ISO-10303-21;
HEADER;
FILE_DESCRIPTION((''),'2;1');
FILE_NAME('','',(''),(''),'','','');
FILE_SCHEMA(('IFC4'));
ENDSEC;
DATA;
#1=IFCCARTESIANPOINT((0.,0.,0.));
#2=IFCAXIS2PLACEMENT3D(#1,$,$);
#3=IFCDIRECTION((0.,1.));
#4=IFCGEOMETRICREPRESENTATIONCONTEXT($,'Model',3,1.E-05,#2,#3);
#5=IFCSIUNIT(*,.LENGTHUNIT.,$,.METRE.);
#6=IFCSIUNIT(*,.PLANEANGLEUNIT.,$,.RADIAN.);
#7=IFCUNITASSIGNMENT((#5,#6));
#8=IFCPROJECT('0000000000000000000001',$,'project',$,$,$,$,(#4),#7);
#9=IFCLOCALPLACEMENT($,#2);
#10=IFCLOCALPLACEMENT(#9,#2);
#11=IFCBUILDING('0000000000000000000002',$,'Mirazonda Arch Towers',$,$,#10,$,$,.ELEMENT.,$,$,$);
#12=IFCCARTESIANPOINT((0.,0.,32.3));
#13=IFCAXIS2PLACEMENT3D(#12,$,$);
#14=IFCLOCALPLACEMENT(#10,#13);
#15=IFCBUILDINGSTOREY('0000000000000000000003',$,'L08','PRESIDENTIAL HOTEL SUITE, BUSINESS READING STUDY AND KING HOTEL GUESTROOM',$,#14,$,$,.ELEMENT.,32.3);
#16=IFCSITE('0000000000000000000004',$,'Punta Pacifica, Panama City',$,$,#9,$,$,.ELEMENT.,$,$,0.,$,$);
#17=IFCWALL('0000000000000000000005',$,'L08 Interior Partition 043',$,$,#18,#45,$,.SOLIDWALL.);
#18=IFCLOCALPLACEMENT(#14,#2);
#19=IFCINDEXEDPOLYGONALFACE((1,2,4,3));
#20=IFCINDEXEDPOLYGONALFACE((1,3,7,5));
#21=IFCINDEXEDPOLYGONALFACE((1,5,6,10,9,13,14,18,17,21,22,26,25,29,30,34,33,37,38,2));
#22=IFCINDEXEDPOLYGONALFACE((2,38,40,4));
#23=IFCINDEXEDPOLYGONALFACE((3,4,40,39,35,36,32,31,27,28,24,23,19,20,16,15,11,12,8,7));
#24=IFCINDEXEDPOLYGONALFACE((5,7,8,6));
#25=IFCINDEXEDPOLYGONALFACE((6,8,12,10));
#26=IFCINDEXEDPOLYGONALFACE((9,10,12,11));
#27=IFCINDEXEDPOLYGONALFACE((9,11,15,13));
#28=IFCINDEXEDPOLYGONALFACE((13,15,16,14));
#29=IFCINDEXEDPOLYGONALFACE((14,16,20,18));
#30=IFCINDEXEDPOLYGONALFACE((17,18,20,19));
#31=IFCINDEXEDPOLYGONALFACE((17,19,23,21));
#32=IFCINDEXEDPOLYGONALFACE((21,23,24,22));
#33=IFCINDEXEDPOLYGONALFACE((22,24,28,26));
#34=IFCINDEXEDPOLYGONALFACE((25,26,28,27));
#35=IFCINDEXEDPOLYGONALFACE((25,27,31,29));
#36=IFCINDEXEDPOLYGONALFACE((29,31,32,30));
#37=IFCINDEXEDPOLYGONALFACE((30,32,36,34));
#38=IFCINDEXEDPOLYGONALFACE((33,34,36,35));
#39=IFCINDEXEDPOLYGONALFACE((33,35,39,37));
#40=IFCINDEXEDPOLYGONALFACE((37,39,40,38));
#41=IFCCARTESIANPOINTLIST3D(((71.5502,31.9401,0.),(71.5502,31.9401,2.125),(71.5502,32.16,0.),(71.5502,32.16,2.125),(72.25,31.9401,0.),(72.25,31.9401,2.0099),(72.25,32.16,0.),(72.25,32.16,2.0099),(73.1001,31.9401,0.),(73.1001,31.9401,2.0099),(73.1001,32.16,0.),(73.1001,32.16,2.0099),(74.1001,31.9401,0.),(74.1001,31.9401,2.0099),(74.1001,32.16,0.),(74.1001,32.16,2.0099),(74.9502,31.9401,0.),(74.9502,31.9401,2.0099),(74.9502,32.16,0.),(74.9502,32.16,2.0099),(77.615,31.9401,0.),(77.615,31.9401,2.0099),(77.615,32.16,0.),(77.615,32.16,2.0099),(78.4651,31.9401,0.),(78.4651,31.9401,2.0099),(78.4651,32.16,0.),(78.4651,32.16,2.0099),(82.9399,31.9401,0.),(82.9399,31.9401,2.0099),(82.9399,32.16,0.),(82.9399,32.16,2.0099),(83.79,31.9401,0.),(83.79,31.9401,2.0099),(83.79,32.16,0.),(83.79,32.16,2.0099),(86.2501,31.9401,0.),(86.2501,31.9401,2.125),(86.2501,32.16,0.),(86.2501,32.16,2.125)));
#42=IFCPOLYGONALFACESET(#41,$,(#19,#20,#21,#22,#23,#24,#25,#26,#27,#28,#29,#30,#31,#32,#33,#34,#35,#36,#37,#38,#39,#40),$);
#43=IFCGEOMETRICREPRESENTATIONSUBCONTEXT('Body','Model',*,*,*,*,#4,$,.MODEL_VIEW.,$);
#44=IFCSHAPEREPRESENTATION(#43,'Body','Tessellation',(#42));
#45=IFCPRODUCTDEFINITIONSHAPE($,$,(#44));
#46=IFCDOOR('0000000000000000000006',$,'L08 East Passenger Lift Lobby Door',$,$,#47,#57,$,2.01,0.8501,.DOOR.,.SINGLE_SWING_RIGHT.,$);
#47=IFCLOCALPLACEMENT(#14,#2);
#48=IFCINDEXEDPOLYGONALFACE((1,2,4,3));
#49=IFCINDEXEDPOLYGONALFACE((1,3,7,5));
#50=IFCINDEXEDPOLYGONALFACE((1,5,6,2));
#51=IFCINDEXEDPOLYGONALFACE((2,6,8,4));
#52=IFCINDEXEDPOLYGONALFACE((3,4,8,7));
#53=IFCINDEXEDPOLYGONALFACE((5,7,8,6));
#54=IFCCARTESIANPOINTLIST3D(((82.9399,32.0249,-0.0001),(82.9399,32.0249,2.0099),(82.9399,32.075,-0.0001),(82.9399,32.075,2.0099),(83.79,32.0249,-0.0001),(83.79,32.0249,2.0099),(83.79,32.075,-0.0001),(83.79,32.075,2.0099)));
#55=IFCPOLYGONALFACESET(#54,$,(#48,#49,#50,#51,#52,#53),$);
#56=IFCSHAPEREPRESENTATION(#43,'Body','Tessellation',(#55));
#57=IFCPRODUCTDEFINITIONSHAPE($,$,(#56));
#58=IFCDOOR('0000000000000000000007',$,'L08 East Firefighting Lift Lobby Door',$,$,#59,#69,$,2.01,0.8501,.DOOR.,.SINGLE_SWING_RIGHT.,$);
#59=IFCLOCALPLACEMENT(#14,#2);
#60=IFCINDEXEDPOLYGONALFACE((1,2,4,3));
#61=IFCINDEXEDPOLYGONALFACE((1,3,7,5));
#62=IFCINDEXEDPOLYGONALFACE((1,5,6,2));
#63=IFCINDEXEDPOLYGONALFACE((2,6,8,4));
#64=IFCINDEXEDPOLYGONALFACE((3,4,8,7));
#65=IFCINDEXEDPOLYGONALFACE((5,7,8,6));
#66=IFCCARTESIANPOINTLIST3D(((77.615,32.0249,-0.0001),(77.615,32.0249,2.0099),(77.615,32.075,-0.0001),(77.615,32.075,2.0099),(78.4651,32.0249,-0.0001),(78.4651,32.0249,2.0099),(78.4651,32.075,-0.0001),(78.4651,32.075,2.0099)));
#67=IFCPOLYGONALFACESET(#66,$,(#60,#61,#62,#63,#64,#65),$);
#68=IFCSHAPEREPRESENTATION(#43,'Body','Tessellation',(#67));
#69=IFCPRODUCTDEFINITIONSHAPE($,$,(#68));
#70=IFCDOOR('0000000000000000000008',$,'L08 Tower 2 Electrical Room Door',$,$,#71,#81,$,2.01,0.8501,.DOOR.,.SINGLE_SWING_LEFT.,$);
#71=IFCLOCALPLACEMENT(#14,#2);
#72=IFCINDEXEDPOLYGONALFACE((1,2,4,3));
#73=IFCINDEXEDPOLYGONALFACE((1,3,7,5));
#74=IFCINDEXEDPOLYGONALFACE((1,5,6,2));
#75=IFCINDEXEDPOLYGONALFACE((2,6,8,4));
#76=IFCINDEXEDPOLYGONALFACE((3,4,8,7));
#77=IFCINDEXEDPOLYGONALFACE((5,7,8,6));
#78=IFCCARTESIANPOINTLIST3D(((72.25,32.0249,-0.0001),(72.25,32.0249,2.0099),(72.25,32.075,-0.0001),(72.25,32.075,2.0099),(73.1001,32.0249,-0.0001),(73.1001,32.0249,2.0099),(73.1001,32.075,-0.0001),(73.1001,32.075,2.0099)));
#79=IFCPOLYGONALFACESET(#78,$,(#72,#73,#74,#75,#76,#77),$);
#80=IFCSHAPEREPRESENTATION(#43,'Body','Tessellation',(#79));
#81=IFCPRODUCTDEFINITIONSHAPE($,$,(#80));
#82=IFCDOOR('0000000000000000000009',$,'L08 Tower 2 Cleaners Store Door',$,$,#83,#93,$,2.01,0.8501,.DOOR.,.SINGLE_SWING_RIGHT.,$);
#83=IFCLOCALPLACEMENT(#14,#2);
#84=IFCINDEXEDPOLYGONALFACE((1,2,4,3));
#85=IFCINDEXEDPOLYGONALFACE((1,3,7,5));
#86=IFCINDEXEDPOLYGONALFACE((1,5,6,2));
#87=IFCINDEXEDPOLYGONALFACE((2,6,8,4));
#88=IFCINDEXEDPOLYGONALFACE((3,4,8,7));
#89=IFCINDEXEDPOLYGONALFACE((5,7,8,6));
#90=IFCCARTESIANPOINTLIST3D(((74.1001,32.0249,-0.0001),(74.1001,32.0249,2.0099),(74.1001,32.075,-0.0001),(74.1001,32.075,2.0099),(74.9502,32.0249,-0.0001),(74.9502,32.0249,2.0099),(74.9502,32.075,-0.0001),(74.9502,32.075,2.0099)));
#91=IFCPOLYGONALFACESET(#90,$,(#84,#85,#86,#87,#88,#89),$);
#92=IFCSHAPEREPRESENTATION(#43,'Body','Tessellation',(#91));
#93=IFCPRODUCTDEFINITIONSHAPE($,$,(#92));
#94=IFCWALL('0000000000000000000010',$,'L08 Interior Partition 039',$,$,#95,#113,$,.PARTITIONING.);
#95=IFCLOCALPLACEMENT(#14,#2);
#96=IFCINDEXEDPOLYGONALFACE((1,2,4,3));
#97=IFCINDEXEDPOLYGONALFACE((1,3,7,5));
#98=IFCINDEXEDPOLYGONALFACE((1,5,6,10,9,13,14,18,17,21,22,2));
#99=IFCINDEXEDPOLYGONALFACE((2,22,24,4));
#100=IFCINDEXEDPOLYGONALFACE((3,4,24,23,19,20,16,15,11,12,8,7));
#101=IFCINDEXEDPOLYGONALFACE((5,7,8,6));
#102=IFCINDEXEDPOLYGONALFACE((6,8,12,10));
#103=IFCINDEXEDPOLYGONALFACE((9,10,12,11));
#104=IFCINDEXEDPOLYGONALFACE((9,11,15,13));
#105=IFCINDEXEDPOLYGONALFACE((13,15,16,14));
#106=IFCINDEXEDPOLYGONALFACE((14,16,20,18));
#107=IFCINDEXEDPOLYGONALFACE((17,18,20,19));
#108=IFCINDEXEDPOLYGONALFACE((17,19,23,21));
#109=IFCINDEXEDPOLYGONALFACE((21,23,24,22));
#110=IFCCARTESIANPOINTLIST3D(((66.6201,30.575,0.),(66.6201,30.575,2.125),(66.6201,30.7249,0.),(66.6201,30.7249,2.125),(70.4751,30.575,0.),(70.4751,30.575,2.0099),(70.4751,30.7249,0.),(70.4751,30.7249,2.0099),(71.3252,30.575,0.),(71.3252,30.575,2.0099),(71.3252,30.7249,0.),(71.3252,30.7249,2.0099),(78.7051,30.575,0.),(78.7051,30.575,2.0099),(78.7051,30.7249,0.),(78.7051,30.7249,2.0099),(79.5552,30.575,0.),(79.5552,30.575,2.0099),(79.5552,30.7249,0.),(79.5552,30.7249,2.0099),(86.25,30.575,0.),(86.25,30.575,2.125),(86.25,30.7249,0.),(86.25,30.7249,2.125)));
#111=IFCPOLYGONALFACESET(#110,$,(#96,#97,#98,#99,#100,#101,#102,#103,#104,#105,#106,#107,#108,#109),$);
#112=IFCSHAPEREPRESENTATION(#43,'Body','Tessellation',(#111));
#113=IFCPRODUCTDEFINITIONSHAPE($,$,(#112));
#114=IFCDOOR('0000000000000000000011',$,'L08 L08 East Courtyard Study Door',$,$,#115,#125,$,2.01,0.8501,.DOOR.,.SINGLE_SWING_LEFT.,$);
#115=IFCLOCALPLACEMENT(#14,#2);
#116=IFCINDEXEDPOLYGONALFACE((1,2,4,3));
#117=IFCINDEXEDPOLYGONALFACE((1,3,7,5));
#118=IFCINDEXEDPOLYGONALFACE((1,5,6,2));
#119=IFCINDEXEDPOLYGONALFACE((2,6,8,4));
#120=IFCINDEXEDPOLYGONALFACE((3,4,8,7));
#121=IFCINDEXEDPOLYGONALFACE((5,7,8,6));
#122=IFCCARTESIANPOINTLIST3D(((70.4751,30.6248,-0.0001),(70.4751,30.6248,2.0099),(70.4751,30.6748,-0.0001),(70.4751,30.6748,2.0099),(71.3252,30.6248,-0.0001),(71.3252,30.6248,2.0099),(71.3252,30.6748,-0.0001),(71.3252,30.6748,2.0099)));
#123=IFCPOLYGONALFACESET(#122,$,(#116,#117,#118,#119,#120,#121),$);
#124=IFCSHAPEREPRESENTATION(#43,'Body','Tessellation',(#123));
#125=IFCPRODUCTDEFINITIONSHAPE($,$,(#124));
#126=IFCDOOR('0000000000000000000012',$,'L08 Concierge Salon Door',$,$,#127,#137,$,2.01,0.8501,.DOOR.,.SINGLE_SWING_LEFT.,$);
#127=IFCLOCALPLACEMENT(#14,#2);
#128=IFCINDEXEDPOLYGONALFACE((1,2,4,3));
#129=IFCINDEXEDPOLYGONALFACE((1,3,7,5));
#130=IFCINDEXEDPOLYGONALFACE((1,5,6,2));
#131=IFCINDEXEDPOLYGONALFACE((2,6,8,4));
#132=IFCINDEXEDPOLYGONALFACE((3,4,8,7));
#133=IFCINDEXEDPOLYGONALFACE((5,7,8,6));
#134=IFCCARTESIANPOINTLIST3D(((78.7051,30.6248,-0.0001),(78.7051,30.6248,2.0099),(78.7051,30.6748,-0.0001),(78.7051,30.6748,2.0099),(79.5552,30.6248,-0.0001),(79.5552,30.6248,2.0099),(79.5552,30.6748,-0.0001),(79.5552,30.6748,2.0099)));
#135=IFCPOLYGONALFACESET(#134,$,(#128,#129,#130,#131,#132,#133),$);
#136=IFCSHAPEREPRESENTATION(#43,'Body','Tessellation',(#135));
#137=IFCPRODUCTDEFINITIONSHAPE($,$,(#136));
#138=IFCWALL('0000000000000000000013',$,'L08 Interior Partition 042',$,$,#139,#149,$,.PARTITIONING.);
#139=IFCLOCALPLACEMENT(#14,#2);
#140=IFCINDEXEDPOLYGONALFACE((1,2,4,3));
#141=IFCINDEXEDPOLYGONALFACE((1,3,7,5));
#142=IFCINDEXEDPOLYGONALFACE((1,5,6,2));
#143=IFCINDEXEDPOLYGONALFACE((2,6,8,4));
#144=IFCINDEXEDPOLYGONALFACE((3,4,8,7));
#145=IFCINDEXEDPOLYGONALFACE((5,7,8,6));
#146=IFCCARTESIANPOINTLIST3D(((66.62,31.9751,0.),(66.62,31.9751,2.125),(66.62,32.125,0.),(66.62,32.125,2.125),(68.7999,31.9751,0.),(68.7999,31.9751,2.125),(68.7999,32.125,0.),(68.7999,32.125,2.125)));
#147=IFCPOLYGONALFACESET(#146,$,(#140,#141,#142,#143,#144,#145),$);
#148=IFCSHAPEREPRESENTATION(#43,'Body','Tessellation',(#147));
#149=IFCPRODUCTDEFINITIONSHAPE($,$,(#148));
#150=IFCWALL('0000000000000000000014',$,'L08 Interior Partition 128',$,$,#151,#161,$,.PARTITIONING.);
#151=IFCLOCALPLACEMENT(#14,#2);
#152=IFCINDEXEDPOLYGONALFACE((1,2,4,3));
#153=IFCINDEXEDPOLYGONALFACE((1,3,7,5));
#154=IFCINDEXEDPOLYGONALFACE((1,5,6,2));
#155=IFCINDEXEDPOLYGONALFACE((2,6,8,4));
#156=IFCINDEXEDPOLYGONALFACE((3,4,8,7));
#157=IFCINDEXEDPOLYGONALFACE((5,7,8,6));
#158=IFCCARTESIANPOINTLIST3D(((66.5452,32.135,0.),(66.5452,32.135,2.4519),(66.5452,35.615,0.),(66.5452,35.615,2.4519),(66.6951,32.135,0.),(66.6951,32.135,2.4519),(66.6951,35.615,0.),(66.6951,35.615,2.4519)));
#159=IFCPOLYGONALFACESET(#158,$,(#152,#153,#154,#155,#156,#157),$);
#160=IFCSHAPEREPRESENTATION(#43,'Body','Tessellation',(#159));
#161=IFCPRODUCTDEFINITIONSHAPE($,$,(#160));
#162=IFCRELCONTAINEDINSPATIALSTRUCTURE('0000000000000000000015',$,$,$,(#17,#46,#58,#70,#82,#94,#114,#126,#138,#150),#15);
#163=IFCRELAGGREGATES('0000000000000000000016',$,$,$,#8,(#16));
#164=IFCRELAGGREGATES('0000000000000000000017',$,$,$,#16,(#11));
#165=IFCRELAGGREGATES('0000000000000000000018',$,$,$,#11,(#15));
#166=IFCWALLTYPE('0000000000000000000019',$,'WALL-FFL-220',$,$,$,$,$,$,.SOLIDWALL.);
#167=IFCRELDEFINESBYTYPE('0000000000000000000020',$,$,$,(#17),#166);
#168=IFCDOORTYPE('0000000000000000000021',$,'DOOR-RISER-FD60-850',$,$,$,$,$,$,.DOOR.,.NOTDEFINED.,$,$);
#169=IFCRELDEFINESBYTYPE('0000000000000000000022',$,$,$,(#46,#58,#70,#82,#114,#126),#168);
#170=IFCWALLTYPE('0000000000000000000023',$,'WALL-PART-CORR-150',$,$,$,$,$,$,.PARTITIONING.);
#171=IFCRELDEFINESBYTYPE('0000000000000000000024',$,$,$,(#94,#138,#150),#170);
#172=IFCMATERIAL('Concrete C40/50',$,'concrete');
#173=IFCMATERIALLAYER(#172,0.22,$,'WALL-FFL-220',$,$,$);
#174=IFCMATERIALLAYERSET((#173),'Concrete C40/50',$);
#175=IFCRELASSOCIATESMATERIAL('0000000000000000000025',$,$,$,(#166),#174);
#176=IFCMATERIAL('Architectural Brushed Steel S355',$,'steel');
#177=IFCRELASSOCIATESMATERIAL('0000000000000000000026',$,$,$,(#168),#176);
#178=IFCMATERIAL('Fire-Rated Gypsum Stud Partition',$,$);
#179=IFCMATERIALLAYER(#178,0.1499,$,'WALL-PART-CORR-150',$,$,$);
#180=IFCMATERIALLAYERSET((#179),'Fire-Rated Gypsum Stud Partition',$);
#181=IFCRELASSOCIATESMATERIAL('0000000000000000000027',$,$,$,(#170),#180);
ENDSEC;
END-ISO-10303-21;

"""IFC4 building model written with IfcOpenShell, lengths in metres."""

from ifc_helpers import new_model, si_unit, direction, frame, frame_2d, origin, place, context, subcontext, project, spatial, rectangle, extrude, material, layer, layer_set, type_object, element, fill, save


model = new_model("IFC4")

# Units and contexts
model_context = context("Model", 3, precision=1e-05, world=origin(), true_north=direction((0.0, 1.0)))
body_context = subcontext(model_context, "Body", "Model", "MODEL_VIEW")
ifc_project = project(units=[si_unit("LENGTHUNIT", "METRE"), si_unit("PLANEANGLEUNIT", "RADIAN")], contexts=[model_context])

# Site, building, storey
site_placement = place(None, origin())
site = spatial("IfcSite", under=ifc_project, at=site_placement, Name="Punta Pacifica, Panama City", CompositionType="ELEMENT", RefElevation=0.0)
building_placement = place(site_placement, origin())
building = spatial("IfcBuilding", under=site, at=building_placement, Name="Mirazonda Arch Towers", CompositionType="ELEMENT")
storey_placement = place(building_placement, frame((0.0, 0.0, 32.3)))
storey = spatial("IfcBuildingStorey", under=building, at=storey_placement, Name="L08", Description="PRESIDENTIAL HOTEL SUITE, BUSINESS READING STUDY AND KING HOTEL GUESTROOM", CompositionType="ELEMENT", Elevation=32.3)

# Walls, openings, doors
ifc_material_1 = material(Name="Architectural Brushed Steel S355", Category="steel")
ifc_material_2 = material(Name="Concrete C40/50", Category="concrete")
ifc_layer_1 = layer(ifc_material_2, 0.22, Name="WALL-FFL-220")
ifc_layer_set_1 = layer_set([ifc_layer_1], Name="Concrete C40/50")
wall_type_1 = type_object("IfcWallType", Name="WALL-FFL-220", PredefinedType="SOLIDWALL", material=ifc_layer_set_1)
wall_1_placement = place(storey_placement, frame((71.55, 32.05, 0.0), z_axis=(0.0, 0.0, 1.0), x_axis=(1.0, 0.0, 0.0)))
wall_1 = element("IfcWall", 1, at=wall_1_placement, inside=storey, type_object=wall_type_1, Name="L08 Interior Partition 043", PredefinedType="SOLIDWALL", context=body_context, shape_type="SweptSolid", body=[
    extrude(rectangle(XDim=14.7, YDim=0.22, at=frame_2d((7.3501, 0.0))), origin(), (0.0, 0.0, 1.0), 2.125),
])
opening_1_placement = place(wall_1_placement, frame((11.3899, 0.0, 0.0)))
opening_1 = element("IfcOpeningElement", 2, at=opening_1_placement, cuts=wall_1, PredefinedType="OPENING", context=body_context, shape_type="SweptSolid", body=[
    extrude(rectangle(XDim=0.8501, YDim=2.01, at=frame_2d((0.425, 1.0049))), frame((0.0, 0.1199, 0.0), z_axis=(0.0, -1.0, 0.0), x_axis=(1.0, 0.0, 0.0)), (0.0, 0.0, 1.0), 0.24),
])
opening_2_placement = place(wall_1_placement, frame((6.0649, 0.0, 0.0)))
opening_2 = element("IfcOpeningElement", 3, at=opening_2_placement, cuts=wall_1, PredefinedType="OPENING", context=body_context, shape_type="SweptSolid", body=[
    extrude(rectangle(XDim=0.8501, YDim=2.01, at=frame_2d((0.425, 1.0049))), frame((0.0, 0.1199, 0.0), z_axis=(0.0, -1.0, 0.0), x_axis=(1.0, 0.0, 0.0)), (0.0, 0.0, 1.0), 0.24),
])
opening_3_placement = place(wall_1_placement, frame((0.7, 0.0, 0.0)))
opening_3 = element("IfcOpeningElement", 4, at=opening_3_placement, cuts=wall_1, PredefinedType="OPENING", context=body_context, shape_type="SweptSolid", body=[
    extrude(rectangle(XDim=0.8501, YDim=2.01, at=frame_2d((0.425, 1.0049))), frame((0.0, 0.1199, 0.0), z_axis=(0.0, -1.0, 0.0), x_axis=(1.0, 0.0, 0.0)), (0.0, 0.0, 1.0), 0.24),
])
opening_4_placement = place(wall_1_placement, frame((2.55, 0.0, 0.0)))
opening_4 = element("IfcOpeningElement", 5, at=opening_4_placement, cuts=wall_1, PredefinedType="OPENING", context=body_context, shape_type="SweptSolid", body=[
    extrude(rectangle(XDim=0.8501, YDim=2.01, at=frame_2d((0.425, 1.0049))), frame((0.0, 0.1199, 0.0), z_axis=(0.0, -1.0, 0.0), x_axis=(1.0, 0.0, 0.0)), (0.0, 0.0, 1.0), 0.24),
])
door_type_1 = type_object("IfcDoorType", Name="DOOR-RISER-FD60-850", OperationType="NOTDEFINED", PredefinedType="DOOR", material=ifc_material_1)
door_1_placement = place(opening_1_placement, origin())
door_1 = element("IfcDoor", 6, at=door_1_placement, inside=storey, type_object=door_type_1, Name="L08 East Passenger Lift Lobby Door", OperationType="SINGLE_SWING_RIGHT", OverallHeight=2.01, OverallWidth=0.8501, PredefinedType="DOOR", context=body_context, shape_type="SweptSolid", body=[
    extrude(rectangle(XDim=0.8501, YDim=2.01, at=frame_2d((0.425, 1.0049))), frame((0.0, 0.0249, 0.0), z_axis=(0.0, -1.0, 0.0), x_axis=(1.0, 0.0, 0.0)), (0.0, 0.0, 1.0), 0.05),
])
fill(opening_1, door_1)
door_2_placement = place(opening_2_placement, origin())
door_2 = element("IfcDoor", 7, at=door_2_placement, inside=storey, type_object=door_type_1, Name="L08 East Firefighting Lift Lobby Door", OperationType="SINGLE_SWING_RIGHT", OverallHeight=2.01, OverallWidth=0.8501, PredefinedType="DOOR", context=body_context, shape_type="SweptSolid", body=[
    extrude(rectangle(XDim=0.8501, YDim=2.01, at=frame_2d((0.425, 1.0049))), frame((0.0, 0.0249, 0.0), z_axis=(0.0, -1.0, 0.0), x_axis=(1.0, 0.0, 0.0)), (0.0, 0.0, 1.0), 0.05),
])
fill(opening_2, door_2)
door_3_placement = place(opening_3_placement, origin())
door_3 = element("IfcDoor", 8, at=door_3_placement, inside=storey, type_object=door_type_1, Name="L08 Tower 2 Electrical Room Door", OperationType="SINGLE_SWING_LEFT", OverallHeight=2.01, OverallWidth=0.8501, PredefinedType="DOOR", context=body_context, shape_type="SweptSolid", body=[
    extrude(rectangle(XDim=0.8501, YDim=2.01, at=frame_2d((0.425, 1.0049))), frame((0.0, 0.0249, 0.0), z_axis=(0.0, -1.0, 0.0), x_axis=(1.0, 0.0, 0.0)), (0.0, 0.0, 1.0), 0.05),
])
fill(opening_3, door_3)
door_4_placement = place(opening_4_placement, origin())
door_4 = element("IfcDoor", 9, at=door_4_placement, inside=storey, type_object=door_type_1, Name="L08 Tower 2 Cleaners Store Door", OperationType="SINGLE_SWING_RIGHT", OverallHeight=2.01, OverallWidth=0.8501, PredefinedType="DOOR", context=body_context, shape_type="SweptSolid", body=[
    extrude(rectangle(XDim=0.8501, YDim=2.01, at=frame_2d((0.425, 1.0049))), frame((0.0, 0.0249, 0.0), z_axis=(0.0, -1.0, 0.0), x_axis=(1.0, 0.0, 0.0)), (0.0, 0.0, 1.0), 0.05),
])
fill(opening_4, door_4)
ifc_material_3 = material(Name="Fire-Rated Gypsum Stud Partition")
ifc_layer_2 = layer(ifc_material_3, 0.1499, Name="WALL-PART-CORR-150")
ifc_layer_set_2 = layer_set([ifc_layer_2], Name="Fire-Rated Gypsum Stud Partition")
wall_type_2 = type_object("IfcWallType", Name="WALL-PART-CORR-150", PredefinedType="PARTITIONING", material=ifc_layer_set_2)
wall_2_placement = place(storey_placement, frame((66.6201, 30.6499, 0.0), z_axis=(0.0, 0.0, 1.0), x_axis=(1.0, 0.0, 0.0)))
wall_2 = element("IfcWall", 10, at=wall_2_placement, inside=storey, type_object=wall_type_2, Name="L08 Interior Partition 039", PredefinedType="PARTITIONING", context=body_context, shape_type="SweptSolid", body=[
    extrude(rectangle(XDim=19.6299, YDim=0.1499, at=frame_2d((9.8149, 0.0))), origin(), (0.0, 0.0, 1.0), 2.125),
])
opening_5_placement = place(wall_2_placement, frame((3.855, 0.0, 0.0)))
opening_5 = element("IfcOpeningElement", 11, at=opening_5_placement, cuts=wall_2, PredefinedType="OPENING", context=body_context, shape_type="SweptSolid", body=[
    extrude(rectangle(XDim=0.8501, YDim=2.01, at=frame_2d((0.425, 1.0049))), frame((0.0, 0.085, 0.0), z_axis=(0.0, -1.0, 0.0), x_axis=(1.0, 0.0, 0.0)), (0.0, 0.0, 1.0), 0.1699),
])
opening_6_placement = place(wall_2_placement, frame((12.085, 0.0, 0.0)))
opening_6 = element("IfcOpeningElement", 12, at=opening_6_placement, cuts=wall_2, PredefinedType="OPENING", context=body_context, shape_type="SweptSolid", body=[
    extrude(rectangle(XDim=0.8501, YDim=2.01, at=frame_2d((0.425, 1.0049))), frame((0.0, 0.085, 0.0), z_axis=(0.0, -1.0, 0.0), x_axis=(1.0, 0.0, 0.0)), (0.0, 0.0, 1.0), 0.1699),
])
door_5_placement = place(opening_5_placement, origin())
door_5 = element("IfcDoor", 13, at=door_5_placement, inside=storey, type_object=door_type_1, Name="L08 L08 East Courtyard Study Door", OperationType="SINGLE_SWING_LEFT", OverallHeight=2.01, OverallWidth=0.8501, PredefinedType="DOOR", context=body_context, shape_type="SweptSolid", body=[
    extrude(rectangle(XDim=0.8501, YDim=2.01, at=frame_2d((0.425, 1.0049))), frame((0.0, 0.0249, 0.0), z_axis=(0.0, -1.0, 0.0), x_axis=(1.0, 0.0, 0.0)), (0.0, 0.0, 1.0), 0.05),
])
fill(opening_5, door_5)
door_6_placement = place(opening_6_placement, origin())
door_6 = element("IfcDoor", 14, at=door_6_placement, inside=storey, type_object=door_type_1, Name="L08 Concierge Salon Door", OperationType="SINGLE_SWING_LEFT", OverallHeight=2.01, OverallWidth=0.8501, PredefinedType="DOOR", context=body_context, shape_type="SweptSolid", body=[
    extrude(rectangle(XDim=0.8501, YDim=2.01, at=frame_2d((0.425, 1.0049))), frame((0.0, 0.0249, 0.0), z_axis=(0.0, -1.0, 0.0), x_axis=(1.0, 0.0, 0.0)), (0.0, 0.0, 1.0), 0.05),
])
fill(opening_6, door_6)

# Walls
wall_3_placement = place(storey_placement, frame((66.6201, 32.05, 0.0), z_axis=(0.0, 0.0, 1.0), x_axis=(1.0, 0.0, 0.0)))
element("IfcWall", 15, at=wall_3_placement, inside=storey, type_object=wall_type_2, Name="L08 Interior Partition 042", PredefinedType="PARTITIONING", context=body_context, shape_type="SweptSolid", body=[
    extrude(rectangle(XDim=2.1799, YDim=0.1499, at=frame_2d((1.0898, 0.0))), origin(), (0.0, 0.0, 1.0), 2.125),
])
wall_4_placement = place(storey_placement, frame((66.6201, 32.135, 0.0), z_axis=(0.0, 0.0, 1.0), x_axis=(0.0, 1.0, 0.0)))
element("IfcWall", 16, at=wall_4_placement, inside=storey, type_object=wall_type_2, Name="L08 Interior Partition 128", PredefinedType="PARTITIONING", context=body_context, shape_type="SweptSolid", body=[
    extrude(rectangle(XDim=3.48, YDim=0.1499, at=frame_2d((1.74, 0.0))), origin(), (0.0, 0.0, 1.0), 2.4519),
])

save(model, "model.ifc")
